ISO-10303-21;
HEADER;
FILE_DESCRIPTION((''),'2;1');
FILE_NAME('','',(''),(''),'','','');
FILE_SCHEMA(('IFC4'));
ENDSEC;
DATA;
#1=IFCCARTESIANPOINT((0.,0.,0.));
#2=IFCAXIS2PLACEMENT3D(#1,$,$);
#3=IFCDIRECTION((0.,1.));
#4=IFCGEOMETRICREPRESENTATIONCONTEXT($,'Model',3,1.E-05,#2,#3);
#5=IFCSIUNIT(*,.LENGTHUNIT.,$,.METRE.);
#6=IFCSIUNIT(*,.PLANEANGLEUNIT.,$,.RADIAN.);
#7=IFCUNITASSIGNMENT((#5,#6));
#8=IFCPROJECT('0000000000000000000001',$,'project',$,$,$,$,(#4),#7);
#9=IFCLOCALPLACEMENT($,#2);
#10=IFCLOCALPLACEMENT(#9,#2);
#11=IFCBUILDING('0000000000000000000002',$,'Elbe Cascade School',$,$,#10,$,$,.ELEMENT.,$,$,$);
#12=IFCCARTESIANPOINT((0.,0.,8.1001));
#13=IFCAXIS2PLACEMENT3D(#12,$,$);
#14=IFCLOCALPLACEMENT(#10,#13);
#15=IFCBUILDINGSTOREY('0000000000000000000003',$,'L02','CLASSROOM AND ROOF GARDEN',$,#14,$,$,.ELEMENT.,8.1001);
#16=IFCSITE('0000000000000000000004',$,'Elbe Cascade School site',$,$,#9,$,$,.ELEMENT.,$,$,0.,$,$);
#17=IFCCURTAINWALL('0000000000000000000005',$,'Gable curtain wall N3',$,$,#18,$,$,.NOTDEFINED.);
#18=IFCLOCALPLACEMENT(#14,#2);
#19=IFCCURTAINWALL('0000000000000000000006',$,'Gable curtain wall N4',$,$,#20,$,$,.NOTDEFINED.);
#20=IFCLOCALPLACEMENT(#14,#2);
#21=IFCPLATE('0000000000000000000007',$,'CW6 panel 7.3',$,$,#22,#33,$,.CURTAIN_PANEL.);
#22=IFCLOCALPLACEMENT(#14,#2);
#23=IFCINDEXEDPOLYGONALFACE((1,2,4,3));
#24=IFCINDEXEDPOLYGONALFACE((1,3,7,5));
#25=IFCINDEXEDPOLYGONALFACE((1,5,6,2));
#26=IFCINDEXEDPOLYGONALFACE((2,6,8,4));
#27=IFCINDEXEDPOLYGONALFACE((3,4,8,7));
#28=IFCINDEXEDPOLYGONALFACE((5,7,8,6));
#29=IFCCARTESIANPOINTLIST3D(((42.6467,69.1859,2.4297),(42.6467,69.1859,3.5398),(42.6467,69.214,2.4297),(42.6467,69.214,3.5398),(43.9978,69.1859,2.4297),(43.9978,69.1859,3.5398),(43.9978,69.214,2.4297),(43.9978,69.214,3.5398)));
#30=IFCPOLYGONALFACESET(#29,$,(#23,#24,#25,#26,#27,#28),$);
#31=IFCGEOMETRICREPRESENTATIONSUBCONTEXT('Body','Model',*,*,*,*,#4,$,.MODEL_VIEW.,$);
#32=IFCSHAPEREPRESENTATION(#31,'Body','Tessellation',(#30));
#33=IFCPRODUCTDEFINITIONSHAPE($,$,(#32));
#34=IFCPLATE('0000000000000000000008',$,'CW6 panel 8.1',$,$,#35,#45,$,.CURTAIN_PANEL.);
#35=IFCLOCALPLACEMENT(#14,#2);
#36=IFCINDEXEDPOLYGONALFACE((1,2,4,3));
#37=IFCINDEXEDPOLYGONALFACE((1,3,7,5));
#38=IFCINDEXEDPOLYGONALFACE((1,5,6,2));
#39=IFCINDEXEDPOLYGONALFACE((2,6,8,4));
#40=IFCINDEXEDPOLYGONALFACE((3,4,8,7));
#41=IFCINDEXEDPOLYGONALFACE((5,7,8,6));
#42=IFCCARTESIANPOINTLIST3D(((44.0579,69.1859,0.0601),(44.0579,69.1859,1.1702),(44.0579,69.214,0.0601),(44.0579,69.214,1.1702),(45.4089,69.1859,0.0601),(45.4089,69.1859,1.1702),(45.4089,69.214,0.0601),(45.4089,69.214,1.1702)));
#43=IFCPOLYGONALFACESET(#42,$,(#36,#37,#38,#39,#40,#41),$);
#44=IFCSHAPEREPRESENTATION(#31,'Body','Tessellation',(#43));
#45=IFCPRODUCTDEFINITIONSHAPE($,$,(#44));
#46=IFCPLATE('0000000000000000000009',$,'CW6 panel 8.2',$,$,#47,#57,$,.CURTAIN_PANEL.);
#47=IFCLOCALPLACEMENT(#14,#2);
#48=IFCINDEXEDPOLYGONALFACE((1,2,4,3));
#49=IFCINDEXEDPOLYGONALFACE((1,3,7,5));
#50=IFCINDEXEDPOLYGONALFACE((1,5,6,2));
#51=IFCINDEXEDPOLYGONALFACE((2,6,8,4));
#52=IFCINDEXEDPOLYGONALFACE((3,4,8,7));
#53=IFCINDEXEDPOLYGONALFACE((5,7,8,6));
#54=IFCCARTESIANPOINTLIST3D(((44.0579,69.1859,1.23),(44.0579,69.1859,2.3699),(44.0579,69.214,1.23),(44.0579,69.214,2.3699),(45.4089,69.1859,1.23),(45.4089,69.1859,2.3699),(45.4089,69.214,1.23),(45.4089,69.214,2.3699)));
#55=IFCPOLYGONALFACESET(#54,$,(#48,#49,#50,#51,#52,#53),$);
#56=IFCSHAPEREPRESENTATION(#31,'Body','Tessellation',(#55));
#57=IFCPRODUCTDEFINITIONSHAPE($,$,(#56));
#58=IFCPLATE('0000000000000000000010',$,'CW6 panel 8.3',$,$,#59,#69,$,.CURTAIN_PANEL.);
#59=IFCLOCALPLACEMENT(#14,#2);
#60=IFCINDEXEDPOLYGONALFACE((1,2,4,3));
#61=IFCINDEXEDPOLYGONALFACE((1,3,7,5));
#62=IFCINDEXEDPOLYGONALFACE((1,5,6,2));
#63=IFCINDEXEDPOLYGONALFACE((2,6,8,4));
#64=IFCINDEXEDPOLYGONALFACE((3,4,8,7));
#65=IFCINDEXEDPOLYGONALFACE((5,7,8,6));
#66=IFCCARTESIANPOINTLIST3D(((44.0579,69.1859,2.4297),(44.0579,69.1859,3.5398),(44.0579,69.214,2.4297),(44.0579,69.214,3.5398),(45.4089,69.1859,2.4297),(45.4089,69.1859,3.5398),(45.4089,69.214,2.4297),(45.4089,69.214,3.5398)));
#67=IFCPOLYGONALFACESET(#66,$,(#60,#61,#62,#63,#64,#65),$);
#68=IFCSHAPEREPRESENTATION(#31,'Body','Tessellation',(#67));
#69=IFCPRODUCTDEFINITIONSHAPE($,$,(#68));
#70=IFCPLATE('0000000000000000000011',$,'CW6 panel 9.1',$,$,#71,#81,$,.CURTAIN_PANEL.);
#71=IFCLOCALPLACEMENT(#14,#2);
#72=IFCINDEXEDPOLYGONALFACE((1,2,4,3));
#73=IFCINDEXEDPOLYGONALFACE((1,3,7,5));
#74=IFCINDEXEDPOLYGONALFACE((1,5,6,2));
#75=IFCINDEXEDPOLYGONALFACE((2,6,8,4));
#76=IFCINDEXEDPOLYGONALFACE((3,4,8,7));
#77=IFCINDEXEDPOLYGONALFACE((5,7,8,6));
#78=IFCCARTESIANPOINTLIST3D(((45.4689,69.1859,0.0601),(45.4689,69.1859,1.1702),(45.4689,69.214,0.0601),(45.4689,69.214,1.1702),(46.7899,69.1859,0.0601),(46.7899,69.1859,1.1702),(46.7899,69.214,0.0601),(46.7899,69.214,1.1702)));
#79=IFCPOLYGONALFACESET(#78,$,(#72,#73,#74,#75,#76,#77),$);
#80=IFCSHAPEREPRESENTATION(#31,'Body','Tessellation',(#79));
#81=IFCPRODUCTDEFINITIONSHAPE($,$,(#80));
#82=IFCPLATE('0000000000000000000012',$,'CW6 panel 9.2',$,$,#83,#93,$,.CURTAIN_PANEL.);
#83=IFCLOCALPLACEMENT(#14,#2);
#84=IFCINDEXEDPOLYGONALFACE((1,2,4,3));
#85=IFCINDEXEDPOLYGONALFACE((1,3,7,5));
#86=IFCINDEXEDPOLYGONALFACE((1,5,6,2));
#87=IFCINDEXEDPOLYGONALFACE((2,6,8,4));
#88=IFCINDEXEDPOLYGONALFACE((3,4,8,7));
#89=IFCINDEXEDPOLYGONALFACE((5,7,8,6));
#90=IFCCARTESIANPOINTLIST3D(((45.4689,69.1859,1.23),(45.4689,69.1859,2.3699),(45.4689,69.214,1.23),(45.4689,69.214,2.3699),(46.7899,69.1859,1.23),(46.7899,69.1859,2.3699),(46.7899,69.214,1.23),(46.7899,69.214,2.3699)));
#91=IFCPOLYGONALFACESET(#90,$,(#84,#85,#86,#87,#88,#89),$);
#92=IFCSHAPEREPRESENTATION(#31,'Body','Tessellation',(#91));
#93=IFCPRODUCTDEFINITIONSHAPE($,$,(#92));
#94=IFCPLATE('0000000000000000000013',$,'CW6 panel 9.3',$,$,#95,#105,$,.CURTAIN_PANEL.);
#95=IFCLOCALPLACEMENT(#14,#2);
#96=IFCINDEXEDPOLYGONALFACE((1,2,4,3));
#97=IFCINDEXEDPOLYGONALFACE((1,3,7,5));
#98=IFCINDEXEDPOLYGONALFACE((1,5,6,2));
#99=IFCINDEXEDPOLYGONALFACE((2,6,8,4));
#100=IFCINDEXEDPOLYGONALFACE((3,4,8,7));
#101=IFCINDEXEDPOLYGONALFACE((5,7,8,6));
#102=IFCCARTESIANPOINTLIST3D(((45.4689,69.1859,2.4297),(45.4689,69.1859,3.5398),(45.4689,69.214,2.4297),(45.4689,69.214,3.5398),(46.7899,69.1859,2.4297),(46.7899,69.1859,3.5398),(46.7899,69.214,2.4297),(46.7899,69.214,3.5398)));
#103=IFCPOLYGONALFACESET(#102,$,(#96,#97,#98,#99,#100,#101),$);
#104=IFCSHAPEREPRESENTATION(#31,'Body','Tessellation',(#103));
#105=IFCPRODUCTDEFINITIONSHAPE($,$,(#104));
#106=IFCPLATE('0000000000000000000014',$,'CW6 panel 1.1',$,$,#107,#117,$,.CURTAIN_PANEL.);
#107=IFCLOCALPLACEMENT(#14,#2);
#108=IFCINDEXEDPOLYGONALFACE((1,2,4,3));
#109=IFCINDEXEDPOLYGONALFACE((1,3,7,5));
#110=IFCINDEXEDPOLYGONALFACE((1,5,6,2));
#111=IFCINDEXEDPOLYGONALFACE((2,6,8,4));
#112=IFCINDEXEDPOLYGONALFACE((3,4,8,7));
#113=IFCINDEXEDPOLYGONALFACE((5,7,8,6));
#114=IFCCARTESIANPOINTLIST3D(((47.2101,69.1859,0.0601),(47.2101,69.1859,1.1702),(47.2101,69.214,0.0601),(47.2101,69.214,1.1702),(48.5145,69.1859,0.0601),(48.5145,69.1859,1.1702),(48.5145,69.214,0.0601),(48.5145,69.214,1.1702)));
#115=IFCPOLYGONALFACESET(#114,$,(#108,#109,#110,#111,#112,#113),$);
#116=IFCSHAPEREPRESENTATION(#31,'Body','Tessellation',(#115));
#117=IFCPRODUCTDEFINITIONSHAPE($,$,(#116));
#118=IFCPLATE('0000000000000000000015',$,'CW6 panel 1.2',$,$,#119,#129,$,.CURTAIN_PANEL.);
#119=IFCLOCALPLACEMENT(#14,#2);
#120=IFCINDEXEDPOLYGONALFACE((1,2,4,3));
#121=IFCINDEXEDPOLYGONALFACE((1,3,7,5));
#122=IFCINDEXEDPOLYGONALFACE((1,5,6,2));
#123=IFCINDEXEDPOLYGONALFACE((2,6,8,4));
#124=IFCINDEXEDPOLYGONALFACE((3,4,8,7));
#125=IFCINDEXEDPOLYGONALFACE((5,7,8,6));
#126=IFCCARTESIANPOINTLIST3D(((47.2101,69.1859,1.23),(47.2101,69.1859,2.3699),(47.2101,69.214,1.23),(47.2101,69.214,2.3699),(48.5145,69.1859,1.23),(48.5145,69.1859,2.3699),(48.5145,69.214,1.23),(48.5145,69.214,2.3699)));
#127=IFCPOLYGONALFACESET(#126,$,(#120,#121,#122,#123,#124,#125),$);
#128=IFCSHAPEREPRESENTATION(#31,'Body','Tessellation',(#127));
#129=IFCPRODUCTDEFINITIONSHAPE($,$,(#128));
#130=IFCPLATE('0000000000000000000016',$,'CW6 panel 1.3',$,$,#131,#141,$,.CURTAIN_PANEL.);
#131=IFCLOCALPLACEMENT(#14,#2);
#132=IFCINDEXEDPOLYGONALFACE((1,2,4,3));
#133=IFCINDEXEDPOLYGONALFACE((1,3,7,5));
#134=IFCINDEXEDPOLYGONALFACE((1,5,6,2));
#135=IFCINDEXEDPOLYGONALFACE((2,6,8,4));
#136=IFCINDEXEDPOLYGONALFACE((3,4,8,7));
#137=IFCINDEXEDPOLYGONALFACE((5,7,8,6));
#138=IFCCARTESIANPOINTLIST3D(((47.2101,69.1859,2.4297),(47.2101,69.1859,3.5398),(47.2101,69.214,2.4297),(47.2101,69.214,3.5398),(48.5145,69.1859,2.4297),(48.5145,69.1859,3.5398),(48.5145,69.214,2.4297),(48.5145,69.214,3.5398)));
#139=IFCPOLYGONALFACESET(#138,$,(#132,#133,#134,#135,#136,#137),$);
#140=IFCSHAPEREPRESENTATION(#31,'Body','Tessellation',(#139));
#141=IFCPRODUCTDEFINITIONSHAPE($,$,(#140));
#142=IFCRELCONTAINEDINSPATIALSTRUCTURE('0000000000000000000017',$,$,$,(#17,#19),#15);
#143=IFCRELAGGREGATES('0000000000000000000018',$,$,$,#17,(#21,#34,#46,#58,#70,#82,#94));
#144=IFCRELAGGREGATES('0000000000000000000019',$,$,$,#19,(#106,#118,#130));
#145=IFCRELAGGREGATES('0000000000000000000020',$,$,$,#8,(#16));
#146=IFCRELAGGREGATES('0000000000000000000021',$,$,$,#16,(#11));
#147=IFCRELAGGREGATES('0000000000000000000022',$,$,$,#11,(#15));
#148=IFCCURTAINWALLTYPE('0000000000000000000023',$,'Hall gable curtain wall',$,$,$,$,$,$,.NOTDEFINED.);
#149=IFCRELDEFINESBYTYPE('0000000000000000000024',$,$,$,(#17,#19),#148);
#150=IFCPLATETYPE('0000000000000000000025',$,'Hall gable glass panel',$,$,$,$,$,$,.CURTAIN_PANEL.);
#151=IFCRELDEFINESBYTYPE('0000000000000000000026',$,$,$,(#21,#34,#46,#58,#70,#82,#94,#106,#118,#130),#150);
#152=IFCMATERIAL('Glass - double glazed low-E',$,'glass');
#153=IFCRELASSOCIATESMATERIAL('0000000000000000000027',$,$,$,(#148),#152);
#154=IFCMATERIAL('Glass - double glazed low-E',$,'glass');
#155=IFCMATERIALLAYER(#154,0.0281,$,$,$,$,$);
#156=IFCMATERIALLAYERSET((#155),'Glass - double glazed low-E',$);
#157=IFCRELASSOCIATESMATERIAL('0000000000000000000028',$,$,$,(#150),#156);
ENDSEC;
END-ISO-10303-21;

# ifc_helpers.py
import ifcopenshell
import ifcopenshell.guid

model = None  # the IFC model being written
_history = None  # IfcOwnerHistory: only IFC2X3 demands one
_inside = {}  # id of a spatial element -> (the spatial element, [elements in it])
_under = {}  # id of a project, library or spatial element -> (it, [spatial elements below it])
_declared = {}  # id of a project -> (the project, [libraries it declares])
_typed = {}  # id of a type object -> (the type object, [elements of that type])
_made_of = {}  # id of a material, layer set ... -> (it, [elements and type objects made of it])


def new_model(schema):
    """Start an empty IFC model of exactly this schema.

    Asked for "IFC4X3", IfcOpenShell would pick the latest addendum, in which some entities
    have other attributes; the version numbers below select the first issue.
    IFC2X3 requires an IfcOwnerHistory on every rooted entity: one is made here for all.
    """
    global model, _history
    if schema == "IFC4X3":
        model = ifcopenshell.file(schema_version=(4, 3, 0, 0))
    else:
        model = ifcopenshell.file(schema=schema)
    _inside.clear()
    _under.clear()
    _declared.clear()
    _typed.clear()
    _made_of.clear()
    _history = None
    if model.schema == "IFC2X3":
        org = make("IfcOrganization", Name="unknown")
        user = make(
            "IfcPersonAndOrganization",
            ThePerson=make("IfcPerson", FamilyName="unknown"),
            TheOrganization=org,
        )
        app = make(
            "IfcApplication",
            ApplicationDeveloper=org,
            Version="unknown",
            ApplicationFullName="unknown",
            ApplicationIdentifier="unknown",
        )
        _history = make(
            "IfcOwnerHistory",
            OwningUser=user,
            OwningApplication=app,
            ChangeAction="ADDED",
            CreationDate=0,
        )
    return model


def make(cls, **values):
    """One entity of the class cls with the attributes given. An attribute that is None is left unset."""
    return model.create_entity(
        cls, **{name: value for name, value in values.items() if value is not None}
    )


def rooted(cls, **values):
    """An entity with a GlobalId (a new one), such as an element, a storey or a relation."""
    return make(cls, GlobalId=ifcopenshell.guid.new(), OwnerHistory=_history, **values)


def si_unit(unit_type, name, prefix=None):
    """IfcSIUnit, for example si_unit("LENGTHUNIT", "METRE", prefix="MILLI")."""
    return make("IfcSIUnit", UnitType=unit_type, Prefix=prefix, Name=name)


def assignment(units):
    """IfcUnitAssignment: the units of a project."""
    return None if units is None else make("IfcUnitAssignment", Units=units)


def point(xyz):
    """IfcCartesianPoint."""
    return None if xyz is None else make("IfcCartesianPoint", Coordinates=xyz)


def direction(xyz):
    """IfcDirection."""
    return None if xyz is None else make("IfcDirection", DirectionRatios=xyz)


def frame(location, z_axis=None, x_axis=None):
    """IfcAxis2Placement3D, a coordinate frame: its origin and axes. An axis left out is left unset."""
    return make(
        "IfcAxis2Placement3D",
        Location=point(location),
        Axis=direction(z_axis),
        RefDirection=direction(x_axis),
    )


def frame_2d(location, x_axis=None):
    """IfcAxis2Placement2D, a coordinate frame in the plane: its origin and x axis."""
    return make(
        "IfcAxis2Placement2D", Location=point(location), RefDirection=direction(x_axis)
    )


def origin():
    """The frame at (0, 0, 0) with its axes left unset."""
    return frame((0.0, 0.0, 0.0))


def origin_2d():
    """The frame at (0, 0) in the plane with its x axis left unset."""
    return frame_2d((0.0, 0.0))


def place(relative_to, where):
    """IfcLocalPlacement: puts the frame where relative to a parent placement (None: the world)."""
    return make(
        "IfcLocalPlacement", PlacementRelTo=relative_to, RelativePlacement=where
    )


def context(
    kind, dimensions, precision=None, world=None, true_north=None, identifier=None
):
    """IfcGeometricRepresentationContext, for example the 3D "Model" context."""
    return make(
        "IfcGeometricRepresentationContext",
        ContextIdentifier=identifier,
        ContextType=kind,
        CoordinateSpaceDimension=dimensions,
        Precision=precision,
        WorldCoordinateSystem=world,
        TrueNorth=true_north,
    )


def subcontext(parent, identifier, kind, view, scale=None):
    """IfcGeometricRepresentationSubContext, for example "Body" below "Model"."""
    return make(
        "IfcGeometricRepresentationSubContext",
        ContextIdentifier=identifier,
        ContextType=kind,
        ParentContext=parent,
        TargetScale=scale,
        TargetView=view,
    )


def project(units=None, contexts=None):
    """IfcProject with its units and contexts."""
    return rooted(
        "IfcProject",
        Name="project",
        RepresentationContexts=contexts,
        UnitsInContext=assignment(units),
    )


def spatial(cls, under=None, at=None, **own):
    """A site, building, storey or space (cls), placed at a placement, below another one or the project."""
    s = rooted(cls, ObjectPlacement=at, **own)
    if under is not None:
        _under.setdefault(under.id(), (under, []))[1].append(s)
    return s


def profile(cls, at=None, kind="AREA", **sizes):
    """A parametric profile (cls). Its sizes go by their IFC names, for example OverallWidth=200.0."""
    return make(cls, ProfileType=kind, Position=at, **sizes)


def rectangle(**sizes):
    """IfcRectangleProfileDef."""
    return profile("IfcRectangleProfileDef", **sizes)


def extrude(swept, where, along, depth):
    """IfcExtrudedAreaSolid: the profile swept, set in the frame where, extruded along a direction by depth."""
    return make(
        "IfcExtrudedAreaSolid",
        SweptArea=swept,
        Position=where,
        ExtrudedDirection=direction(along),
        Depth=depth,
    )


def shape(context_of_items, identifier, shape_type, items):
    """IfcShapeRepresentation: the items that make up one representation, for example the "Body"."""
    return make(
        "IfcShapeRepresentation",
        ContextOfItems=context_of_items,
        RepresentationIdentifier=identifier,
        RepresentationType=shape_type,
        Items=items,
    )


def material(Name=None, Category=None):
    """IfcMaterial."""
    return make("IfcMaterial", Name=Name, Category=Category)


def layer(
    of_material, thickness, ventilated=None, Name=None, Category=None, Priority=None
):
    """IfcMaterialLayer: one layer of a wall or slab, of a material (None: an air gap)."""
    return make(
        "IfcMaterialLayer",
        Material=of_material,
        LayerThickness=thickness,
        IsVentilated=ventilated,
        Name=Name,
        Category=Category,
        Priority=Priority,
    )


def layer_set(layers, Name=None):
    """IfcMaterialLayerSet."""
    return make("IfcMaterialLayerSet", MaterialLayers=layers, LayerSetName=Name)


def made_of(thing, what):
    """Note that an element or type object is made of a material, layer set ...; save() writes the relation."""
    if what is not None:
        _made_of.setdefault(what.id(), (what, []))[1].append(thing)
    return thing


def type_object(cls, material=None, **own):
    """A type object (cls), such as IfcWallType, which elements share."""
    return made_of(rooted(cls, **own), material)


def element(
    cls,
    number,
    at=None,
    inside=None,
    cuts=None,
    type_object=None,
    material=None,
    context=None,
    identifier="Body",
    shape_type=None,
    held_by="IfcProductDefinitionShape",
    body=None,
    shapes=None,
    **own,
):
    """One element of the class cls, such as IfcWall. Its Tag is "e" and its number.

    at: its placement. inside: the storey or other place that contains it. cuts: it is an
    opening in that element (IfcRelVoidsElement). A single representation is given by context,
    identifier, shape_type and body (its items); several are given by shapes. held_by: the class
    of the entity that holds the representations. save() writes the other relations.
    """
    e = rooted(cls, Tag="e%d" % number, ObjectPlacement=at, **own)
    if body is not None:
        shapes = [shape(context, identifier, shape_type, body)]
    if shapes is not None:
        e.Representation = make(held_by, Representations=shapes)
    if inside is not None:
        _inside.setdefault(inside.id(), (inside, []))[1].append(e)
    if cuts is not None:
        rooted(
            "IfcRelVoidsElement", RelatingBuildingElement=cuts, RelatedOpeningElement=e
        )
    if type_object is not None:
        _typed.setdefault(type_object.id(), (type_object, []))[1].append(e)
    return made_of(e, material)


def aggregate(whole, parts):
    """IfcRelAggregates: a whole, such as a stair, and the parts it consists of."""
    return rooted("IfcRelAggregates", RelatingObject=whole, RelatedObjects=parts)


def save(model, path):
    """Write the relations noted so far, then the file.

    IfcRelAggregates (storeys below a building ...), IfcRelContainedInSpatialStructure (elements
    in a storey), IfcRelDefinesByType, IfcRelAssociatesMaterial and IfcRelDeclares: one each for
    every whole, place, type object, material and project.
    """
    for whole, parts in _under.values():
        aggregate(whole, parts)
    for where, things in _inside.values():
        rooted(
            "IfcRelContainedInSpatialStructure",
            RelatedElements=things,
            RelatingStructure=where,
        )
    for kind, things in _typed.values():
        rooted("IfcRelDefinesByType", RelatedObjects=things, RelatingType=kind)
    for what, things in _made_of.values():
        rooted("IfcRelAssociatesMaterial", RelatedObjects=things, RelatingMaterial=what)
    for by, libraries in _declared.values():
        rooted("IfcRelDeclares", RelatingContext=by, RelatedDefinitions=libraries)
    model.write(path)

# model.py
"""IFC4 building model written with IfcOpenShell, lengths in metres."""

from ifc_helpers import new_model, si_unit, direction, frame, origin, origin_2d, place, context, subcontext, project, spatial, rectangle, extrude, material, layer, layer_set, type_object, element, aggregate, save


model = new_model("IFC4")

# Units and contexts
model_context = context("Model", 3, precision=1e-05, world=origin(), true_north=direction((0.0, 1.0)))
body_context = subcontext(model_context, "Body", "Model", "MODEL_VIEW")
ifc_project = project(units=[si_unit("LENGTHUNIT", "METRE"), si_unit("PLANEANGLEUNIT", "RADIAN")], contexts=[model_context])

# Site, building, storey
site_placement = place(None, origin())
site = spatial("IfcSite", under=ifc_project, at=site_placement, Name="Elbe Cascade School site", CompositionType="ELEMENT", RefElevation=0.0)
building_placement = place(site_placement, origin())
building = spatial("IfcBuilding", under=site, at=building_placement, Name="Elbe Cascade School", CompositionType="ELEMENT")
storey_placement = place(building_placement, frame((0.0, 0.0, 8.1001)))
storey = spatial("IfcBuildingStorey", under=building, at=storey_placement, Name="L02", Description="CLASSROOM AND ROOF GARDEN", CompositionType="ELEMENT", Elevation=8.1001)

# Curtain wall
ifc_material_1 = material(Name="Glass - double glazed low-E", Category="glass")
curtain_wall_type = type_object("IfcCurtainWallType", Name="Hall gable curtain wall", PredefinedType="NOTDEFINED", material=ifc_material_1)
curtain_wall_1_placement = place(storey_placement, origin())
curtain_wall_1 = element("IfcCurtainWall", 1, at=curtain_wall_1_placement, inside=storey, type_object=curtain_wall_type, Name="Gable curtain wall N3", PredefinedType="NOTDEFINED")

# Curtain wall
curtain_wall_2_placement = place(storey_placement, origin())
curtain_wall_2 = element("IfcCurtainWall", 2, at=curtain_wall_2_placement, inside=storey, type_object=curtain_wall_type, Name="Gable curtain wall N4", PredefinedType="NOTDEFINED")

# Plates
ifc_material_2 = material(Name="Glass - double glazed low-E", Category="glass")
ifc_layer = layer(ifc_material_2, 0.0281)
ifc_layer_set = layer_set([ifc_layer], Name="Glass - double glazed low-E")
plate_type = type_object("IfcPlateType", Name="Hall gable glass panel", PredefinedType="CURTAIN_PANEL", material=ifc_layer_set)
plate_1_placement = place(storey_placement, frame((43.3223, 69.2, 2.4297), z_axis=(0.0, 0.0, 1.0), x_axis=(1.0, 0.0, 0.0)))
plate_1 = element("IfcPlate", 3, at=plate_1_placement, type_object=plate_type, Name="CW6 panel 7.3", PredefinedType="CURTAIN_PANEL", context=body_context, shape_type="SweptSolid", body=[
    extrude(rectangle(XDim=1.3511, YDim=0.0281, at=origin_2d()), origin(), (0.0, 0.0, 1.0), 1.1101),
])
plate_2_placement = place(storey_placement, frame((44.7334, 69.2, 0.0601), z_axis=(0.0, 0.0, 1.0), x_axis=(1.0, 0.0, 0.0)))
plate_2 = element("IfcPlate", 4, at=plate_2_placement, type_object=plate_type, Name="CW6 panel 8.1", PredefinedType="CURTAIN_PANEL", context=body_context, shape_type="SweptSolid", body=[
    extrude(rectangle(XDim=1.3511, YDim=0.0281, at=origin_2d()), origin(), (0.0, 0.0, 1.0), 1.1101),
])
plate_3_placement = place(storey_placement, frame((44.7334, 69.2, 1.23), z_axis=(0.0, 0.0, 1.0), x_axis=(1.0, 0.0, 0.0)))
plate_3 = element("IfcPlate", 5, at=plate_3_placement, type_object=plate_type, Name="CW6 panel 8.2", PredefinedType="CURTAIN_PANEL", context=body_context, shape_type="SweptSolid", body=[
    extrude(rectangle(XDim=1.3511, YDim=0.0281, at=origin_2d()), origin(), (0.0, 0.0, 1.0), 1.1399),
])
plate_4_placement = place(storey_placement, frame((44.7334, 69.2, 2.4297), z_axis=(0.0, 0.0, 1.0), x_axis=(1.0, 0.0, 0.0)))
plate_4 = element("IfcPlate", 6, at=plate_4_placement, type_object=plate_type, Name="CW6 panel 8.3", PredefinedType="CURTAIN_PANEL", context=body_context, shape_type="SweptSolid", body=[
    extrude(rectangle(XDim=1.3511, YDim=0.0281, at=origin_2d()), origin(), (0.0, 0.0, 1.0), 1.1101),
])
plate_5_placement = place(storey_placement, frame((46.1294, 69.2, 0.0601), z_axis=(0.0, 0.0, 1.0), x_axis=(1.0, 0.0, 0.0)))
plate_5 = element("IfcPlate", 7, at=plate_5_placement, type_object=plate_type, Name="CW6 panel 9.1", PredefinedType="CURTAIN_PANEL", context=body_context, shape_type="SweptSolid", body=[
    extrude(rectangle(XDim=1.321, YDim=0.0281, at=origin_2d()), origin(), (0.0, 0.0, 1.0), 1.1101),
])
plate_6_placement = place(storey_placement, frame((46.1294, 69.2, 1.23), z_axis=(0.0, 0.0, 1.0), x_axis=(1.0, 0.0, 0.0)))
plate_6 = element("IfcPlate", 8, at=plate_6_placement, type_object=plate_type, Name="CW6 panel 9.2", PredefinedType="CURTAIN_PANEL", context=body_context, shape_type="SweptSolid", body=[
    extrude(rectangle(XDim=1.321, YDim=0.0281, at=origin_2d()), origin(), (0.0, 0.0, 1.0), 1.1399),
])
plate_7_placement = place(storey_placement, frame((46.1294, 69.2, 2.4297), z_axis=(0.0, 0.0, 1.0), x_axis=(1.0, 0.0, 0.0)))
plate_7 = element("IfcPlate", 9, at=plate_7_placement, type_object=plate_type, Name="CW6 panel 9.3", PredefinedType="CURTAIN_PANEL", context=body_context, shape_type="SweptSolid", body=[
    extrude(rectangle(XDim=1.321, YDim=0.0281, at=origin_2d()), origin(), (0.0, 0.0, 1.0), 1.1101),
])
aggregate(curtain_wall_1, [plate_1, plate_2, plate_3, plate_4, plate_5, plate_6, plate_7])
plate_8_placement = place(storey_placement, frame((47.8623, 69.2, 0.0601), z_axis=(0.0, 0.0, 1.0), x_axis=(1.0, 0.0, 0.0)))
plate_8 = element("IfcPlate", 10, at=plate_8_placement, type_object=plate_type, Name="CW6 panel 1.1", PredefinedType="CURTAIN_PANEL", context=body_context, shape_type="SweptSolid", body=[
    extrude(rectangle(XDim=1.3044, YDim=0.0281, at=origin_2d()), origin(), (0.0, 0.0, 1.0), 1.1101),
])
plate_9_placement = place(storey_placement, frame((47.8623, 69.2, 1.23), z_axis=(0.0, 0.0, 1.0), x_axis=(1.0, 0.0, 0.0)))
plate_9 = element("IfcPlate", 11, at=plate_9_placement, type_object=plate_type, Name="CW6 panel 1.2", PredefinedType="CURTAIN_PANEL", context=body_context, shape_type="SweptSolid", body=[
    extrude(rectangle(XDim=1.3044, YDim=0.0281, at=origin_2d()), origin(), (0.0, 0.0, 1.0), 1.1399),
])
plate_10_placement = place(storey_placement, frame((47.8623, 69.2, 2.4297), z_axis=(0.0, 0.0, 1.0), x_axis=(1.0, 0.0, 0.0)))
plate_10 = element("IfcPlate", 12, at=plate_10_placement, type_object=plate_type, Name="CW6 panel 1.3", PredefinedType="CURTAIN_PANEL", context=body_context, shape_type="SweptSolid", body=[
    extrude(rectangle(XDim=1.3044, YDim=0.0281, at=origin_2d()), origin(), (0.0, 0.0, 1.0), 1.1101),
])
aggregate(curtain_wall_2, [plate_8, plate_9, plate_10])

save(model, "model.ifc")
